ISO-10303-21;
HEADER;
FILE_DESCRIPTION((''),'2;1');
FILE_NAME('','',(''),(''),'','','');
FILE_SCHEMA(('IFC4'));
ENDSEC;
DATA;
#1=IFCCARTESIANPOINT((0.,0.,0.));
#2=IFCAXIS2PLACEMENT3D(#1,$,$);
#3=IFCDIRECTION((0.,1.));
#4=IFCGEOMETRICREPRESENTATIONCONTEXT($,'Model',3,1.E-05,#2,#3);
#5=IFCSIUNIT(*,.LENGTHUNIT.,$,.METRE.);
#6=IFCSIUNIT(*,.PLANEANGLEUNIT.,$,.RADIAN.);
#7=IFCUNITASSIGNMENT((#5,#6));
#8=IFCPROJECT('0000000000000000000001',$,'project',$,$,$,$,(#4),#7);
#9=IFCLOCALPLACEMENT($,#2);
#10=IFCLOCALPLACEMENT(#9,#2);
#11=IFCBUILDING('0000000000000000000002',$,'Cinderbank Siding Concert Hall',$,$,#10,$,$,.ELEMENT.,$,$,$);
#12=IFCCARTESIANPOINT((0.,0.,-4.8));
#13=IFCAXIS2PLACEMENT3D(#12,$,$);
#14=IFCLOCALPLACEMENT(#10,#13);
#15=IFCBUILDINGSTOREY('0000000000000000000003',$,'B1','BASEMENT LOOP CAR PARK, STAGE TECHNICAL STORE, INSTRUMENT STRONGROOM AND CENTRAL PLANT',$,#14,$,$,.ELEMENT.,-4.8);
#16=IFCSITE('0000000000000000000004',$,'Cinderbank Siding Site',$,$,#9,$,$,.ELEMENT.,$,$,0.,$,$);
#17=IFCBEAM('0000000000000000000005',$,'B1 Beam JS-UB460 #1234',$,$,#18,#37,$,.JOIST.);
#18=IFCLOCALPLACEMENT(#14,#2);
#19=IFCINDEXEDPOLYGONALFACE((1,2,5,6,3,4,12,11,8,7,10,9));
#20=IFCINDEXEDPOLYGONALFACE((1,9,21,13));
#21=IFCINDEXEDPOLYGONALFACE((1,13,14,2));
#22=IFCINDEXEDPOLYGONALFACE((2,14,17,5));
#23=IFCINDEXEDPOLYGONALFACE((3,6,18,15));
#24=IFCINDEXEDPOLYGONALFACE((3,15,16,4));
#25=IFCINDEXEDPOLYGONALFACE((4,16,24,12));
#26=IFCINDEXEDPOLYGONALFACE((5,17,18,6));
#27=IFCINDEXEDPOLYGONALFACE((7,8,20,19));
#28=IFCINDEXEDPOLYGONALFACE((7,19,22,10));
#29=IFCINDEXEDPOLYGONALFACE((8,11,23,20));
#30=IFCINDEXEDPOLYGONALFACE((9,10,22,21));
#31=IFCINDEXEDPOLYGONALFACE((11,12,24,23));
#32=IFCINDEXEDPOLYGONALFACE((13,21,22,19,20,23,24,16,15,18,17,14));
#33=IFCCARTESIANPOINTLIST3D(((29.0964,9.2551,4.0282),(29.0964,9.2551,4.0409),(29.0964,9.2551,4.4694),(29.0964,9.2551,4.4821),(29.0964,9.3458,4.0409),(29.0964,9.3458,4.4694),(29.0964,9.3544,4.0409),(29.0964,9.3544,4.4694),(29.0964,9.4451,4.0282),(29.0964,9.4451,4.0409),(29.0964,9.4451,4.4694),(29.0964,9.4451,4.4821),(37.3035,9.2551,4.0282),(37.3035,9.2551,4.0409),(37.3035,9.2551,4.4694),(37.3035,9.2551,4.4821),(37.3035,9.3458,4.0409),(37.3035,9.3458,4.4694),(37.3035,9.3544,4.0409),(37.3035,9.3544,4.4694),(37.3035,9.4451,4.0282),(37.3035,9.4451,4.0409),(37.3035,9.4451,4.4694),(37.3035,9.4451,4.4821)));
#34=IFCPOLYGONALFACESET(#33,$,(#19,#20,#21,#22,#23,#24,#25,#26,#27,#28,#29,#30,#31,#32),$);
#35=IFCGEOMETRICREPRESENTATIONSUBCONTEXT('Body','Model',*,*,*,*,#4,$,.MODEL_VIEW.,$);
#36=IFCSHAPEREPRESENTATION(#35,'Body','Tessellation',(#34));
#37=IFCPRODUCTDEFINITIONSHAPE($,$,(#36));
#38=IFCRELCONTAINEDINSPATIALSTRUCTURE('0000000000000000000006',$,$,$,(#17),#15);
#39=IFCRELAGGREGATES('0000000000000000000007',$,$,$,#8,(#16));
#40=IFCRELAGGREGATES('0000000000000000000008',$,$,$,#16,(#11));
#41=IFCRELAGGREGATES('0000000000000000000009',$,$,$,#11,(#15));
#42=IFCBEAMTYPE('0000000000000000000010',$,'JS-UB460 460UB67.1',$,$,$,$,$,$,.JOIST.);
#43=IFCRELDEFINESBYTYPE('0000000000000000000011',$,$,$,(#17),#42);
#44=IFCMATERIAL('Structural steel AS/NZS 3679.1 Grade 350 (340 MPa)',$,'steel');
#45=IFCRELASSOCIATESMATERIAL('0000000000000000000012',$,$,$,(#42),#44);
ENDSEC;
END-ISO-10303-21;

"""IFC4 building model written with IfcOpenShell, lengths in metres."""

from ifc_helpers import new_model, si_unit, direction, frame, origin, origin_2d, place, context, subcontext, project, spatial, i_section, extrude, material, material_profile, profile_set, type_object, element, save


model = new_model("IFC4")

# Units and contexts
model_context = context("Model", 3, precision=1e-05, world=origin(), true_north=direction((0.0, 1.0)))
body_context = subcontext(model_context, "Body", "Model", "MODEL_VIEW")
ifc_project = project(units=[si_unit("LENGTHUNIT", "METRE"), si_unit("PLANEANGLEUNIT", "RADIAN")], contexts=[model_context])

# Site, building, storey
site_placement = place(None, origin())
site = spatial("IfcSite", under=ifc_project, at=site_placement, Name="Cinderbank Siding Site", CompositionType="ELEMENT", RefElevation=0.0)
building_placement = place(site_placement, origin())
building = spatial("IfcBuilding", under=site, at=building_placement, Name="Cinderbank Siding Concert Hall", CompositionType="ELEMENT")
storey_placement = place(building_placement, frame((0.0, 0.0, -4.8)))
storey = spatial("IfcBuildingStorey", under=building, at=storey_placement, Name="B1", Description="BASEMENT LOOP CAR PARK, STAGE TECHNICAL STORE, INSTRUMENT STRONGROOM AND CENTRAL PLANT", CompositionType="ELEMENT", Elevation=-4.8)

# Beam
ifc_material_1 = material(Name="Structural steel AS/NZS 3679.1 Grade 350 (340 MPa)", Category="steel")
ifc_material_profile_1 = material_profile(ifc_material_1, i_section(OverallWidth=0.1899, OverallDepth=0.4539, WebThickness=0.0085, FlangeThickness=0.0127, at=origin_2d()), Name="460UB67.1", Category="LoadBearing")
ifc_profile_set_1 = profile_set([ifc_material_profile_1], Name="Structural steel AS/NZS 3679.1 Grade 350 (340 MPa)")
beam_type_1 = type_object("IfcBeamType", Name="JS-UB460 460UB67.1", PredefinedType="JOIST", material=ifc_profile_set_1)
for number, where, z_axis, x_axis, name in (
    (1, (29.0964, 9.3501, 4.2551), (1.0, 0.0, 0.0), (0.0, 1.0, 0.0), "B1 Beam JS-UB460 #1234"),
):
    element("IfcBeam", number, at=place(storey_placement, frame(where, z_axis=z_axis, x_axis=x_axis)), inside=storey, type_object=beam_type_1, Name=name, PredefinedType="JOIST", context=body_context, shape_type="SweptSolid", body=[
        extrude(i_section(OverallWidth=0.1899, OverallDepth=0.4539, WebThickness=0.0085, FlangeThickness=0.0127, at=origin_2d()), origin(), (0.0, 0.0, 1.0), 8.207),
    ])

save(model, "model.ifc")
